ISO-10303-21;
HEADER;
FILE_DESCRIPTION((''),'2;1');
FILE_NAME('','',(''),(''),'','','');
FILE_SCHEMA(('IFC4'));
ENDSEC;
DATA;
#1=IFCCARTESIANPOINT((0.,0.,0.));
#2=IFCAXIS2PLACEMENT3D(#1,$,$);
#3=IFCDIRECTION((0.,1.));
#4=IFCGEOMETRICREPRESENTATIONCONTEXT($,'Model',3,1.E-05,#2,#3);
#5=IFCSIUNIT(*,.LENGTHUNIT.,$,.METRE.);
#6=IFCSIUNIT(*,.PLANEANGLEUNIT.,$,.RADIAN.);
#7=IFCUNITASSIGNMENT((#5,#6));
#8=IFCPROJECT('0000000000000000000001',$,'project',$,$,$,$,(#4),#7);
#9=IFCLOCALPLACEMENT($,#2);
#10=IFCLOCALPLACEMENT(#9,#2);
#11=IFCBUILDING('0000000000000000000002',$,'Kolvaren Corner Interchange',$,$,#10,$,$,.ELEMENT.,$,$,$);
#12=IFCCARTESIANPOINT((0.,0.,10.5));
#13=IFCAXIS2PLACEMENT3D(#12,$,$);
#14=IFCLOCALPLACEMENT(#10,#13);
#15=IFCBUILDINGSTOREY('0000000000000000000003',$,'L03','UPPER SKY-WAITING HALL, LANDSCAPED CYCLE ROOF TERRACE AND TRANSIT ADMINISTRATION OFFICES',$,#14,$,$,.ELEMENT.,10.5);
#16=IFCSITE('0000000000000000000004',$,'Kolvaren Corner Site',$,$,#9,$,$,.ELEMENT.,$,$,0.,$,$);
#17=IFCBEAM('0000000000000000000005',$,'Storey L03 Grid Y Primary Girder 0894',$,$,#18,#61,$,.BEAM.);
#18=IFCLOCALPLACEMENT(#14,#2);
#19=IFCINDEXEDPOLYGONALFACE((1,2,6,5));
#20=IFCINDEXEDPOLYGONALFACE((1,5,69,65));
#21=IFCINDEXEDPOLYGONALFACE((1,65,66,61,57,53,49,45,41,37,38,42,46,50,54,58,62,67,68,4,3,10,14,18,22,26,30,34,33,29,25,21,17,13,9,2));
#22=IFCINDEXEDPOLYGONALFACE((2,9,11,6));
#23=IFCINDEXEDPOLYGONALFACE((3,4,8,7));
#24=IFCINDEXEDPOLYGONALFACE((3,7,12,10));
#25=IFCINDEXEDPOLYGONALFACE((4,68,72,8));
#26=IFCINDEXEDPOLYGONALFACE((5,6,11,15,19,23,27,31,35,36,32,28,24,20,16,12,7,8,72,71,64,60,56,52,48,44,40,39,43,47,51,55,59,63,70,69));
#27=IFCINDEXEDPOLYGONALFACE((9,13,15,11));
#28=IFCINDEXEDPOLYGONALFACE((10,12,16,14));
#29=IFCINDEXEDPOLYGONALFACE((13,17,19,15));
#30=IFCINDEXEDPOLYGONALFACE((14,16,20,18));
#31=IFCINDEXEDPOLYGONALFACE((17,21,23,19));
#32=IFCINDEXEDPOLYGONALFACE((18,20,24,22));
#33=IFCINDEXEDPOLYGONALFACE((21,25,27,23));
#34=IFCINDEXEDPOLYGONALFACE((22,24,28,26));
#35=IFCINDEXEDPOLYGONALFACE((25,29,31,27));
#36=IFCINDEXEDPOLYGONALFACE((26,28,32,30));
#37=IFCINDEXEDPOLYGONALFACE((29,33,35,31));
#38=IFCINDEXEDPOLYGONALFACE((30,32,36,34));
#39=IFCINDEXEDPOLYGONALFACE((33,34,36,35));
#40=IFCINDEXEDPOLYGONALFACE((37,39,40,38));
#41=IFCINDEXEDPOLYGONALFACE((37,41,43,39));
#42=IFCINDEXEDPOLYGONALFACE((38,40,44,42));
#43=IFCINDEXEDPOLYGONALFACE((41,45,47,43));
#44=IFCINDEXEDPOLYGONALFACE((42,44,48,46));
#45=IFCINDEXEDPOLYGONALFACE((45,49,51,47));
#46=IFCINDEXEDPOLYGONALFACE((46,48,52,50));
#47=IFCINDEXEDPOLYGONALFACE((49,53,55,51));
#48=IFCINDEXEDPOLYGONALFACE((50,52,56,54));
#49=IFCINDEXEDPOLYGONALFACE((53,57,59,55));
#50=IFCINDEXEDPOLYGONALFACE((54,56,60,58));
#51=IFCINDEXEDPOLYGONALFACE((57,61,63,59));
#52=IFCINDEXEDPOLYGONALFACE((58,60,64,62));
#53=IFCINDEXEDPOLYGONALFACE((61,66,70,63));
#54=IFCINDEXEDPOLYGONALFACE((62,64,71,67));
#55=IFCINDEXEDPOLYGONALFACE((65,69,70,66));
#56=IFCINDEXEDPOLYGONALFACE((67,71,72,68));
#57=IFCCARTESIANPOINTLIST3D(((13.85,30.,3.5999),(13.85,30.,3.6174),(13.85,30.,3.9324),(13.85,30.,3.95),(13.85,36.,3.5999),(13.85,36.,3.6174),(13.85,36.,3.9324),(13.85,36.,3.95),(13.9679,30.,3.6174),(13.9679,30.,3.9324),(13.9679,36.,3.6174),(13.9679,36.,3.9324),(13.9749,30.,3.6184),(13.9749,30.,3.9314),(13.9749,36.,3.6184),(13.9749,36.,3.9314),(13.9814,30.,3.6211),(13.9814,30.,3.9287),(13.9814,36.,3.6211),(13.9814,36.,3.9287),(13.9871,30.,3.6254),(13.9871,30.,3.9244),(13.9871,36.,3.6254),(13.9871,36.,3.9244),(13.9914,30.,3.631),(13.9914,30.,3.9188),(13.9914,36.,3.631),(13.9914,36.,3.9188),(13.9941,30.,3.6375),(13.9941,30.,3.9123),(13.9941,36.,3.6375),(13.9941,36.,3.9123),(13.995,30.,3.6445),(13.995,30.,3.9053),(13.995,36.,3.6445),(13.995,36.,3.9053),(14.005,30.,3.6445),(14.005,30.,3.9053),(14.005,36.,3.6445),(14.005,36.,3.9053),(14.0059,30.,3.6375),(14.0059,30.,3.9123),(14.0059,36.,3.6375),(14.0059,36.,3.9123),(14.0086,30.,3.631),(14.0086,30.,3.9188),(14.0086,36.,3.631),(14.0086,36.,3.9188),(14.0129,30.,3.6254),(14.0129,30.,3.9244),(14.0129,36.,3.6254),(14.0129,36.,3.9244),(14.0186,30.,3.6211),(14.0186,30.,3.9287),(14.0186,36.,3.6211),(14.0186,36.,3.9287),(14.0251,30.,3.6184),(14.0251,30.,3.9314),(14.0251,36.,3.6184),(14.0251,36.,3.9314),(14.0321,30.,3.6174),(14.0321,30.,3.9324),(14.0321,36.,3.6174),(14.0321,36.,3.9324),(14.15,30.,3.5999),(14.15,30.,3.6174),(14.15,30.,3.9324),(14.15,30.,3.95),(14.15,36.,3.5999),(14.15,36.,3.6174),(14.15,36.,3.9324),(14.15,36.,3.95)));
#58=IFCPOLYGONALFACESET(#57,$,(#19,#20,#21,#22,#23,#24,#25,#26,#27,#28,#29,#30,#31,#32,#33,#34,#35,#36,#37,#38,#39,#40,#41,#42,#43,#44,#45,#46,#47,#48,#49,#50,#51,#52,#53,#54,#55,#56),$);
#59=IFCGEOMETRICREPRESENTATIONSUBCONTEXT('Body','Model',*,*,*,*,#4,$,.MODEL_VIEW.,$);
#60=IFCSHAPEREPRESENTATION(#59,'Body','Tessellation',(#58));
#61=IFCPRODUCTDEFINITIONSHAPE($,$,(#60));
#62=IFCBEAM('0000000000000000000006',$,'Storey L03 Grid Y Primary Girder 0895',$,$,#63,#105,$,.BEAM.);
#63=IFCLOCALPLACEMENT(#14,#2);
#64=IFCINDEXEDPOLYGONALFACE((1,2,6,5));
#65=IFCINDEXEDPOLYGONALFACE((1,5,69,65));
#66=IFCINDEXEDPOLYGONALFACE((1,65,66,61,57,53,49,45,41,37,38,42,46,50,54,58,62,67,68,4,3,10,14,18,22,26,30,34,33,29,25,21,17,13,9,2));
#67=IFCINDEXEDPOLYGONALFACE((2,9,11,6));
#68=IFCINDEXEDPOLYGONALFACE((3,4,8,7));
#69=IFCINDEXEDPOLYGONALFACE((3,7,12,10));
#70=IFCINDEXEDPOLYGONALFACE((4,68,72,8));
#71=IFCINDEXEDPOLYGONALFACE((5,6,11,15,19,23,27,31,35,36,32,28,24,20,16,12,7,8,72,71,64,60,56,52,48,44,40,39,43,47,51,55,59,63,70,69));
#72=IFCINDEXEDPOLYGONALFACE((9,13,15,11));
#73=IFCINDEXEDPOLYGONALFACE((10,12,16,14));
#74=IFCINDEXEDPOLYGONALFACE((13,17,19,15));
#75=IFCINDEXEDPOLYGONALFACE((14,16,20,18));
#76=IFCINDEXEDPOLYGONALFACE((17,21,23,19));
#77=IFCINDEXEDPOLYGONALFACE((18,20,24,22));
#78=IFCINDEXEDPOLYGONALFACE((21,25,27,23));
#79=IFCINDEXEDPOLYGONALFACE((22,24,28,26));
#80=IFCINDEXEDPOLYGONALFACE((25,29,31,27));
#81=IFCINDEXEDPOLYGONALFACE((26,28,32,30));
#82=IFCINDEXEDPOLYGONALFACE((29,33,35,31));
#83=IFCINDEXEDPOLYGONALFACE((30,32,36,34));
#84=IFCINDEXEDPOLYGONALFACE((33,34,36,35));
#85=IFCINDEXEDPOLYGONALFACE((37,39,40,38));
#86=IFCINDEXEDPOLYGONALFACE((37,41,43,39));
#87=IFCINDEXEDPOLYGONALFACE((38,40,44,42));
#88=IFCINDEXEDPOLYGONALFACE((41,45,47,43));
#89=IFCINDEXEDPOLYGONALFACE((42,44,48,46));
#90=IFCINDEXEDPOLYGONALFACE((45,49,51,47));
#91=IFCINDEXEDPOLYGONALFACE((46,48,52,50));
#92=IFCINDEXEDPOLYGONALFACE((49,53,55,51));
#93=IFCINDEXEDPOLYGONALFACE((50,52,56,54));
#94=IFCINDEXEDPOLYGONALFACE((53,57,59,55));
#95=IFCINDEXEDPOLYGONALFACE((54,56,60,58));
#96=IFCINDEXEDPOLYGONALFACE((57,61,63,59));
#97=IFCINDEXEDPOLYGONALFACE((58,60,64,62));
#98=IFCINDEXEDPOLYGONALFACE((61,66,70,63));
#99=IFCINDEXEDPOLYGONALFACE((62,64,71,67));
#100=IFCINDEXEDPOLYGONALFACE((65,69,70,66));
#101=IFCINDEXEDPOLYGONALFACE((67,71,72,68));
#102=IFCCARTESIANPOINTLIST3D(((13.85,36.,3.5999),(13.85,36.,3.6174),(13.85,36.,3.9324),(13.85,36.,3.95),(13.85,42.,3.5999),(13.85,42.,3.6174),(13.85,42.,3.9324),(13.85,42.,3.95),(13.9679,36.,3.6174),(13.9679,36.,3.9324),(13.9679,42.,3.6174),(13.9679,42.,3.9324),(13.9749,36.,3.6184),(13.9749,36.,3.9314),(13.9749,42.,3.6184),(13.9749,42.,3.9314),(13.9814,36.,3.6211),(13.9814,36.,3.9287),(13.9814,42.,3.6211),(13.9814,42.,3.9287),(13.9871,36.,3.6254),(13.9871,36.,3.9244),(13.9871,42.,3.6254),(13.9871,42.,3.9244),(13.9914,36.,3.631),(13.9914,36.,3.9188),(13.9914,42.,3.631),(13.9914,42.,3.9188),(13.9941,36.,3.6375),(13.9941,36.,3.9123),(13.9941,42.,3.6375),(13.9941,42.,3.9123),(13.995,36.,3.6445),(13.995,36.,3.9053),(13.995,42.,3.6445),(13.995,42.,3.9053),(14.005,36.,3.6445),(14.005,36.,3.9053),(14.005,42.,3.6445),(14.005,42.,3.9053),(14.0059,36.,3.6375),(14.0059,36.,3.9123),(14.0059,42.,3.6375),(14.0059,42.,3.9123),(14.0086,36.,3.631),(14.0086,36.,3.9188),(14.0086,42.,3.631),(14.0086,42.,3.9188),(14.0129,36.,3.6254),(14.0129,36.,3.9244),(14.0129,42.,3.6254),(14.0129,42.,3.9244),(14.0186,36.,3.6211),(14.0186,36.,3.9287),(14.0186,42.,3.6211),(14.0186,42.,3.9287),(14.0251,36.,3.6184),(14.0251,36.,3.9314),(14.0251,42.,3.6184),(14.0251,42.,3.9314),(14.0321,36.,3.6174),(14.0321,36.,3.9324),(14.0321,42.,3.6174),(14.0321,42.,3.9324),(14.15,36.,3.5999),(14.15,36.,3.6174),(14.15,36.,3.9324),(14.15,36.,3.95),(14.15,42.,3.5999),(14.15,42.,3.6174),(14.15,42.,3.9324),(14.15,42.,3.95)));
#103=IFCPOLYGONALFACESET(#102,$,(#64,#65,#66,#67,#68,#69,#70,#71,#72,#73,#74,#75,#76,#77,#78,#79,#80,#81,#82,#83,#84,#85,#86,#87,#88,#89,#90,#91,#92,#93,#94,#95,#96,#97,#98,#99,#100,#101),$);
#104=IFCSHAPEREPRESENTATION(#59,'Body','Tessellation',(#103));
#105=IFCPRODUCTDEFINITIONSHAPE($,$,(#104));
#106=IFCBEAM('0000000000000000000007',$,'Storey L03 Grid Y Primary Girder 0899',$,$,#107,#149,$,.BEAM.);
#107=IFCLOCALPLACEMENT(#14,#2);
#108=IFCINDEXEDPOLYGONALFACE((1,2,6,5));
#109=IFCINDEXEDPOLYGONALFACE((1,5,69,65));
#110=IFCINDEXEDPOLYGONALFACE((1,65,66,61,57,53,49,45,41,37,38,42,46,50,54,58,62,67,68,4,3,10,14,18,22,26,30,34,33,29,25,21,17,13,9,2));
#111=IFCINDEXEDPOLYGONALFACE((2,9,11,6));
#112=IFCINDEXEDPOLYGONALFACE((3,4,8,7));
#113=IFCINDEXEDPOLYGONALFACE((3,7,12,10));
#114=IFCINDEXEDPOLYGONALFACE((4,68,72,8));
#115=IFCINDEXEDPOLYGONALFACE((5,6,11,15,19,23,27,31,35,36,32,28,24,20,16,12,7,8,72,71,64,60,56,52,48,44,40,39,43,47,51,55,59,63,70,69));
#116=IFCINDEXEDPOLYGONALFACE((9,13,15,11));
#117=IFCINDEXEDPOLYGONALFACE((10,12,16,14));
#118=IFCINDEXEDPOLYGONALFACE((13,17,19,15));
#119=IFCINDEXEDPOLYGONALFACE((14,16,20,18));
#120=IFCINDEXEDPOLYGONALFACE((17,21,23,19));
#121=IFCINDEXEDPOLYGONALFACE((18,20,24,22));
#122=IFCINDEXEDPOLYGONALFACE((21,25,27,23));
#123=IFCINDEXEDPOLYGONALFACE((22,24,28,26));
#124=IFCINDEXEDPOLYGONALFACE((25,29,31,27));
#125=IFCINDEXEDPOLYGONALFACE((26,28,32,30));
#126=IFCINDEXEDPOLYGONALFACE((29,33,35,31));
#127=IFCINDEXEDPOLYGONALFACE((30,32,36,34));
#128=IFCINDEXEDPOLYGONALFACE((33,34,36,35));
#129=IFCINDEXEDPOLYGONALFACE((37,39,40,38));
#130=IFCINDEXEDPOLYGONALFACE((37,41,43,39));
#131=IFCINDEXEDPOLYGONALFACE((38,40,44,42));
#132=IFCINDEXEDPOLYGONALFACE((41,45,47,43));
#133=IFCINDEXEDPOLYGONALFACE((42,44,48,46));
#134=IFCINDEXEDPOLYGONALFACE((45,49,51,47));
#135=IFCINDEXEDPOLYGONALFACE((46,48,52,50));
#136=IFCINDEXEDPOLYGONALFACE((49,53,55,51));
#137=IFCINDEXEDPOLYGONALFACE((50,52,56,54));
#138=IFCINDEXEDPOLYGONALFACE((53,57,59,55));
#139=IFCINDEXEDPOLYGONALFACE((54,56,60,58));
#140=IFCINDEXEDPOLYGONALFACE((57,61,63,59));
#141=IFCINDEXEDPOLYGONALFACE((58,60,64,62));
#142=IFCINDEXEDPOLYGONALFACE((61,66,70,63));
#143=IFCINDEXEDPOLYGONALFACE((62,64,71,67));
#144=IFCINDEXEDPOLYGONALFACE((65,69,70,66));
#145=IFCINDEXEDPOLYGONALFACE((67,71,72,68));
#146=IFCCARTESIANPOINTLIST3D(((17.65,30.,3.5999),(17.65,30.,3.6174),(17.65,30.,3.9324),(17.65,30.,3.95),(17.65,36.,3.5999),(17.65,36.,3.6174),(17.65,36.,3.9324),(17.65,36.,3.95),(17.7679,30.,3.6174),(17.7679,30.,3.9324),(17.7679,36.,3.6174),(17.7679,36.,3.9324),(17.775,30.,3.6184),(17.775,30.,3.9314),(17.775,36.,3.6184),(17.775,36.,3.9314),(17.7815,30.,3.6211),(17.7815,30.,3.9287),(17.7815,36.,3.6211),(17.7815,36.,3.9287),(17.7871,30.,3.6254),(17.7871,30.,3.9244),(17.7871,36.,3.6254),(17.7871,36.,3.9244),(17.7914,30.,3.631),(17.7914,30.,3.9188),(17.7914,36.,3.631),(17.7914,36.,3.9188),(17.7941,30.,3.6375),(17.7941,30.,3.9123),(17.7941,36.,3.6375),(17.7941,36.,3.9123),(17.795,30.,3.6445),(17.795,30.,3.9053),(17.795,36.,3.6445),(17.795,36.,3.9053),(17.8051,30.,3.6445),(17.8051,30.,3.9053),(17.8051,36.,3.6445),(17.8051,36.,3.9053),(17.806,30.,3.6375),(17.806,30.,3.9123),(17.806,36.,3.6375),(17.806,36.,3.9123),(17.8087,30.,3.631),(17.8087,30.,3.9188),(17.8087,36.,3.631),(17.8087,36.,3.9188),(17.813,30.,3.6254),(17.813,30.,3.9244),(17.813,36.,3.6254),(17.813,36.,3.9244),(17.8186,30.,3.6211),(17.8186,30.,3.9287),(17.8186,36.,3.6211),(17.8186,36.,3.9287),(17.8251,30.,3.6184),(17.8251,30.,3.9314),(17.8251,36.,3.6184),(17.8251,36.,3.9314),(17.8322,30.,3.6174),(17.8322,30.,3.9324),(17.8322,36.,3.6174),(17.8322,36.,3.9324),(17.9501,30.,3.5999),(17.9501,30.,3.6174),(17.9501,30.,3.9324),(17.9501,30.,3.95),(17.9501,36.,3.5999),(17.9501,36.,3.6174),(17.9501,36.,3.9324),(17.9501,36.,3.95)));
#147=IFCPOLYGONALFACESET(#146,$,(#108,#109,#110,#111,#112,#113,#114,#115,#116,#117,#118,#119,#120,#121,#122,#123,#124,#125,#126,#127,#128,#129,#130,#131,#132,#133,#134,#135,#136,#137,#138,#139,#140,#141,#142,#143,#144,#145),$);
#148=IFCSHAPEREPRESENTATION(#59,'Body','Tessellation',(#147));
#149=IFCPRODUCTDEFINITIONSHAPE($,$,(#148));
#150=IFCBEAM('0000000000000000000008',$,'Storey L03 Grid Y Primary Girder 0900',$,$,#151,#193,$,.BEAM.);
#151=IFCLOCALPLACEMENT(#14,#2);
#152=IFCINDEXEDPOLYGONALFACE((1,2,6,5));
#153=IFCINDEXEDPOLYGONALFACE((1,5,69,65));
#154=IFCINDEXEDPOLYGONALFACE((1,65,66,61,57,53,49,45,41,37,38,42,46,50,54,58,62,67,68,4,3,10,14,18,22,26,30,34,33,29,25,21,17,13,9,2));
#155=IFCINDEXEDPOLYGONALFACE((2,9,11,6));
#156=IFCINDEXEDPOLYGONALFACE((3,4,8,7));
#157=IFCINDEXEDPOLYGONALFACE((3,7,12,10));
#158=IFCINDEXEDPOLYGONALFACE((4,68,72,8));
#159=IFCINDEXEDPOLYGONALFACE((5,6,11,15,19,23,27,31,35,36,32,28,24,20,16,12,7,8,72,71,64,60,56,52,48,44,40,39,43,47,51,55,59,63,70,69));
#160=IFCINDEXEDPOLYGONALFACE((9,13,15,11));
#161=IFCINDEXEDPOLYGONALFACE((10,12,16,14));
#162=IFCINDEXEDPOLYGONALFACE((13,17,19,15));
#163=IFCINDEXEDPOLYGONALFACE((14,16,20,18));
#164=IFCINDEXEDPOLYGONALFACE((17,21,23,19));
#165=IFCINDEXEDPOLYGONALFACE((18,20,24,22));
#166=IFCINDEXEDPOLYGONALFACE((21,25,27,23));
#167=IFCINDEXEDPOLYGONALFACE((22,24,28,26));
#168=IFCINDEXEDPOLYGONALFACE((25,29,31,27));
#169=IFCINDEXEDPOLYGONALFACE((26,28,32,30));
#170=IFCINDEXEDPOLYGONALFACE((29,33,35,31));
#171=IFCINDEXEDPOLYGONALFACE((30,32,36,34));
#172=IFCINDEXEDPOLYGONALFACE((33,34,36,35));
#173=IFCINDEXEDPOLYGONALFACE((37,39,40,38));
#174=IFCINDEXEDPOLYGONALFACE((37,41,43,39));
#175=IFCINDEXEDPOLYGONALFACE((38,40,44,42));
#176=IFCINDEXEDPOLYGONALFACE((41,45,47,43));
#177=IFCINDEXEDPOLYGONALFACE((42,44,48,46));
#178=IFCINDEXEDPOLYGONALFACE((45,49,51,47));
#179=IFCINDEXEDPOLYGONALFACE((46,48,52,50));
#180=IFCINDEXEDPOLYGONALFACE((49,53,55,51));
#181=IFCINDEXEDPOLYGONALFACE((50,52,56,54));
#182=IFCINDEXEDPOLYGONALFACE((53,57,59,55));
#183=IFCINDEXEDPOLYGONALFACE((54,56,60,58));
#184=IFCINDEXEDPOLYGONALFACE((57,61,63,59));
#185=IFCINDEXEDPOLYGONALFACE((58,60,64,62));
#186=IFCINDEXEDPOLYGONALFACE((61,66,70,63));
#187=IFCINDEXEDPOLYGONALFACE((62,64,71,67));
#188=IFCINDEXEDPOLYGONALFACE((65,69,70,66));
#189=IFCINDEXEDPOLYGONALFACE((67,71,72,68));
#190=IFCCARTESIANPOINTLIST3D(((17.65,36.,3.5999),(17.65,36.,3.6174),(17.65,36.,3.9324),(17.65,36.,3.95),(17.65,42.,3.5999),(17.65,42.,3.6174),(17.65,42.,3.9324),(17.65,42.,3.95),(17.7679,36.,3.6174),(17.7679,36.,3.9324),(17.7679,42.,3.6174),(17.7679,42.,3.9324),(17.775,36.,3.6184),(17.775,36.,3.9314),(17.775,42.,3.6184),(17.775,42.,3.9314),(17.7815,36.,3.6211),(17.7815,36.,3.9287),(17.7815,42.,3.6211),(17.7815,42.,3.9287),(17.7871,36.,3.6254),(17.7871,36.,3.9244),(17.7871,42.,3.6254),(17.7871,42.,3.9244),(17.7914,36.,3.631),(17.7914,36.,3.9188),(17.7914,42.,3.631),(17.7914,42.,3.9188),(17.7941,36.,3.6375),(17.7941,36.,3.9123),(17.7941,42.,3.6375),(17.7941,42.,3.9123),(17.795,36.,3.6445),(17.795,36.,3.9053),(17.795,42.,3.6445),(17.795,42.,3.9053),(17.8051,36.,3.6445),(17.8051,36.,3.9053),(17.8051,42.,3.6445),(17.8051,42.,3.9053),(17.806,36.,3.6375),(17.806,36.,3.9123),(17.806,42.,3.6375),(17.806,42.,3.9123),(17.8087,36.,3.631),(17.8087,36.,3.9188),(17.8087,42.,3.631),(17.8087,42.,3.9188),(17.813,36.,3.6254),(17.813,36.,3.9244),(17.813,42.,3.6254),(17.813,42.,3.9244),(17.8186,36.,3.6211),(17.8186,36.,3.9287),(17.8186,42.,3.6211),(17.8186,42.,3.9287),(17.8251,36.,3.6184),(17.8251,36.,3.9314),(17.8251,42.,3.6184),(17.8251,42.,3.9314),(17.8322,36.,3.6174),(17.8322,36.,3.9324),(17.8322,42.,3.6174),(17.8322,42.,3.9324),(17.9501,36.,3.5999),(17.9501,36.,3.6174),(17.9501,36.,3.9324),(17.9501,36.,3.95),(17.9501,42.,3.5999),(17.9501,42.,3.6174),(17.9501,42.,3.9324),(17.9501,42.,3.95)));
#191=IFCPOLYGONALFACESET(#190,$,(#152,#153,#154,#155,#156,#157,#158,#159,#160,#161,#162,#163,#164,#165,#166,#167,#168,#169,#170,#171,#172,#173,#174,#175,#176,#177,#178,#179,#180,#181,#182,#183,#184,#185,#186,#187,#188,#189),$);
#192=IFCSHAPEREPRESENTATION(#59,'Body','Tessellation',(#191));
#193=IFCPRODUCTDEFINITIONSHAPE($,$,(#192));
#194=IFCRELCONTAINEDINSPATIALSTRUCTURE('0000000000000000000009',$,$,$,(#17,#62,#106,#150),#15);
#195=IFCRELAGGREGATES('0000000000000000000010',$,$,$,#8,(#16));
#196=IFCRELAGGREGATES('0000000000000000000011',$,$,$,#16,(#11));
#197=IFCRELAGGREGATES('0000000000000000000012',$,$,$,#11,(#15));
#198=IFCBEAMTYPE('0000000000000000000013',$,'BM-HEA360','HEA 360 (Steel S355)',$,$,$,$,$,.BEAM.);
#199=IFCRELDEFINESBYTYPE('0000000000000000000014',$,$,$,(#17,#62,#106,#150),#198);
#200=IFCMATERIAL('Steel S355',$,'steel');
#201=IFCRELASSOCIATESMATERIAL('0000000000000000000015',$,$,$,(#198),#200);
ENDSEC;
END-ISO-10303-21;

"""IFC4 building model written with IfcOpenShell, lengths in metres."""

from ifc_helpers import new_model, si_unit, direction, frame, origin, origin_2d, place, context, subcontext, project, spatial, i_section, extrude, material, material_profile, profile_set, type_object, element, save


model = new_model("IFC4")

# Units and contexts
model_context = context("Model", 3, precision=1e-05, world=origin(), true_north=direction((0.0, 1.0)))
body_context = subcontext(model_context, "Body", "Model", "MODEL_VIEW")
ifc_project = project(units=[si_unit("LENGTHUNIT", "METRE"), si_unit("PLANEANGLEUNIT", "RADIAN")], contexts=[model_context])

# Site, building, storey
site_placement = place(None, origin())
site = spatial("IfcSite", under=ifc_project, at=site_placement, Name="Kolvaren Corner Site", CompositionType="ELEMENT", RefElevation=0.0)
building_placement = place(site_placement, origin())
building = spatial("IfcBuilding", under=site, at=building_placement, Name="Kolvaren Corner Interchange", CompositionType="ELEMENT")
storey_placement = place(building_placement, frame((0.0, 0.0, 10.5)))
storey = spatial("IfcBuildingStorey", under=building, at=storey_placement, Name="L03", Description="UPPER SKY-WAITING HALL, LANDSCAPED CYCLE ROOF TERRACE AND TRANSIT ADMINISTRATION OFFICES", CompositionType="ELEMENT", Elevation=10.5)

# Beams
ifc_material_1 = material(Name="Steel S355", Category="steel")
ifc_material_profile_1 = material_profile(ifc_material_1, i_section(OverallWidth=0.3, OverallDepth=0.3501, WebThickness=0.01, FlangeThickness=0.0176, FilletRadius=0.0271, at=origin_2d()), Name="HEA 360")
ifc_profile_set_1 = profile_set([ifc_material_profile_1], Name="Steel S355")
beam_type_1 = type_object("IfcBeamType", Name="BM-HEA360", Description="HEA 360 (Steel S355)", PredefinedType="BEAM", material=ifc_profile_set_1)
for number, where, z_axis, x_axis, name in (
    (1, (14.0, 30.0, 3.7749), (0.0, 1.0, 0.0), (-1.0, 0.0, 0.0), "Storey L03 Grid Y Primary Girder 0894"),
    (2, (14.0, 36.0, 3.7749), (0.0, 1.0, 0.0), (-1.0, 0.0, 0.0), "Storey L03 Grid Y Primary Girder 0895"),
    (3, (17.8, 30.0, 3.7749), (0.0, 1.0, 0.0), (-1.0, 0.0, 0.0), "Storey L03 Grid Y Primary Girder 0899"),
    (4, (17.8, 36.0, 3.7749), (0.0, 1.0, 0.0), (-1.0, 0.0, 0.0), "Storey L03 Grid Y Primary Girder 0900"),
):
    element("IfcBeam", number, at=place(storey_placement, frame(where, z_axis=z_axis, x_axis=x_axis)), inside=storey, type_object=beam_type_1, Name=name, PredefinedType="BEAM", context=body_context, shape_type="SweptSolid", body=[
        extrude(i_section(OverallWidth=0.3, OverallDepth=0.3501, WebThickness=0.01, FlangeThickness=0.0176, FilletRadius=0.0271, at=origin_2d()), origin(), (0.0, 0.0, 1.0), 6.0),
    ])

save(model, "model.ifc")
